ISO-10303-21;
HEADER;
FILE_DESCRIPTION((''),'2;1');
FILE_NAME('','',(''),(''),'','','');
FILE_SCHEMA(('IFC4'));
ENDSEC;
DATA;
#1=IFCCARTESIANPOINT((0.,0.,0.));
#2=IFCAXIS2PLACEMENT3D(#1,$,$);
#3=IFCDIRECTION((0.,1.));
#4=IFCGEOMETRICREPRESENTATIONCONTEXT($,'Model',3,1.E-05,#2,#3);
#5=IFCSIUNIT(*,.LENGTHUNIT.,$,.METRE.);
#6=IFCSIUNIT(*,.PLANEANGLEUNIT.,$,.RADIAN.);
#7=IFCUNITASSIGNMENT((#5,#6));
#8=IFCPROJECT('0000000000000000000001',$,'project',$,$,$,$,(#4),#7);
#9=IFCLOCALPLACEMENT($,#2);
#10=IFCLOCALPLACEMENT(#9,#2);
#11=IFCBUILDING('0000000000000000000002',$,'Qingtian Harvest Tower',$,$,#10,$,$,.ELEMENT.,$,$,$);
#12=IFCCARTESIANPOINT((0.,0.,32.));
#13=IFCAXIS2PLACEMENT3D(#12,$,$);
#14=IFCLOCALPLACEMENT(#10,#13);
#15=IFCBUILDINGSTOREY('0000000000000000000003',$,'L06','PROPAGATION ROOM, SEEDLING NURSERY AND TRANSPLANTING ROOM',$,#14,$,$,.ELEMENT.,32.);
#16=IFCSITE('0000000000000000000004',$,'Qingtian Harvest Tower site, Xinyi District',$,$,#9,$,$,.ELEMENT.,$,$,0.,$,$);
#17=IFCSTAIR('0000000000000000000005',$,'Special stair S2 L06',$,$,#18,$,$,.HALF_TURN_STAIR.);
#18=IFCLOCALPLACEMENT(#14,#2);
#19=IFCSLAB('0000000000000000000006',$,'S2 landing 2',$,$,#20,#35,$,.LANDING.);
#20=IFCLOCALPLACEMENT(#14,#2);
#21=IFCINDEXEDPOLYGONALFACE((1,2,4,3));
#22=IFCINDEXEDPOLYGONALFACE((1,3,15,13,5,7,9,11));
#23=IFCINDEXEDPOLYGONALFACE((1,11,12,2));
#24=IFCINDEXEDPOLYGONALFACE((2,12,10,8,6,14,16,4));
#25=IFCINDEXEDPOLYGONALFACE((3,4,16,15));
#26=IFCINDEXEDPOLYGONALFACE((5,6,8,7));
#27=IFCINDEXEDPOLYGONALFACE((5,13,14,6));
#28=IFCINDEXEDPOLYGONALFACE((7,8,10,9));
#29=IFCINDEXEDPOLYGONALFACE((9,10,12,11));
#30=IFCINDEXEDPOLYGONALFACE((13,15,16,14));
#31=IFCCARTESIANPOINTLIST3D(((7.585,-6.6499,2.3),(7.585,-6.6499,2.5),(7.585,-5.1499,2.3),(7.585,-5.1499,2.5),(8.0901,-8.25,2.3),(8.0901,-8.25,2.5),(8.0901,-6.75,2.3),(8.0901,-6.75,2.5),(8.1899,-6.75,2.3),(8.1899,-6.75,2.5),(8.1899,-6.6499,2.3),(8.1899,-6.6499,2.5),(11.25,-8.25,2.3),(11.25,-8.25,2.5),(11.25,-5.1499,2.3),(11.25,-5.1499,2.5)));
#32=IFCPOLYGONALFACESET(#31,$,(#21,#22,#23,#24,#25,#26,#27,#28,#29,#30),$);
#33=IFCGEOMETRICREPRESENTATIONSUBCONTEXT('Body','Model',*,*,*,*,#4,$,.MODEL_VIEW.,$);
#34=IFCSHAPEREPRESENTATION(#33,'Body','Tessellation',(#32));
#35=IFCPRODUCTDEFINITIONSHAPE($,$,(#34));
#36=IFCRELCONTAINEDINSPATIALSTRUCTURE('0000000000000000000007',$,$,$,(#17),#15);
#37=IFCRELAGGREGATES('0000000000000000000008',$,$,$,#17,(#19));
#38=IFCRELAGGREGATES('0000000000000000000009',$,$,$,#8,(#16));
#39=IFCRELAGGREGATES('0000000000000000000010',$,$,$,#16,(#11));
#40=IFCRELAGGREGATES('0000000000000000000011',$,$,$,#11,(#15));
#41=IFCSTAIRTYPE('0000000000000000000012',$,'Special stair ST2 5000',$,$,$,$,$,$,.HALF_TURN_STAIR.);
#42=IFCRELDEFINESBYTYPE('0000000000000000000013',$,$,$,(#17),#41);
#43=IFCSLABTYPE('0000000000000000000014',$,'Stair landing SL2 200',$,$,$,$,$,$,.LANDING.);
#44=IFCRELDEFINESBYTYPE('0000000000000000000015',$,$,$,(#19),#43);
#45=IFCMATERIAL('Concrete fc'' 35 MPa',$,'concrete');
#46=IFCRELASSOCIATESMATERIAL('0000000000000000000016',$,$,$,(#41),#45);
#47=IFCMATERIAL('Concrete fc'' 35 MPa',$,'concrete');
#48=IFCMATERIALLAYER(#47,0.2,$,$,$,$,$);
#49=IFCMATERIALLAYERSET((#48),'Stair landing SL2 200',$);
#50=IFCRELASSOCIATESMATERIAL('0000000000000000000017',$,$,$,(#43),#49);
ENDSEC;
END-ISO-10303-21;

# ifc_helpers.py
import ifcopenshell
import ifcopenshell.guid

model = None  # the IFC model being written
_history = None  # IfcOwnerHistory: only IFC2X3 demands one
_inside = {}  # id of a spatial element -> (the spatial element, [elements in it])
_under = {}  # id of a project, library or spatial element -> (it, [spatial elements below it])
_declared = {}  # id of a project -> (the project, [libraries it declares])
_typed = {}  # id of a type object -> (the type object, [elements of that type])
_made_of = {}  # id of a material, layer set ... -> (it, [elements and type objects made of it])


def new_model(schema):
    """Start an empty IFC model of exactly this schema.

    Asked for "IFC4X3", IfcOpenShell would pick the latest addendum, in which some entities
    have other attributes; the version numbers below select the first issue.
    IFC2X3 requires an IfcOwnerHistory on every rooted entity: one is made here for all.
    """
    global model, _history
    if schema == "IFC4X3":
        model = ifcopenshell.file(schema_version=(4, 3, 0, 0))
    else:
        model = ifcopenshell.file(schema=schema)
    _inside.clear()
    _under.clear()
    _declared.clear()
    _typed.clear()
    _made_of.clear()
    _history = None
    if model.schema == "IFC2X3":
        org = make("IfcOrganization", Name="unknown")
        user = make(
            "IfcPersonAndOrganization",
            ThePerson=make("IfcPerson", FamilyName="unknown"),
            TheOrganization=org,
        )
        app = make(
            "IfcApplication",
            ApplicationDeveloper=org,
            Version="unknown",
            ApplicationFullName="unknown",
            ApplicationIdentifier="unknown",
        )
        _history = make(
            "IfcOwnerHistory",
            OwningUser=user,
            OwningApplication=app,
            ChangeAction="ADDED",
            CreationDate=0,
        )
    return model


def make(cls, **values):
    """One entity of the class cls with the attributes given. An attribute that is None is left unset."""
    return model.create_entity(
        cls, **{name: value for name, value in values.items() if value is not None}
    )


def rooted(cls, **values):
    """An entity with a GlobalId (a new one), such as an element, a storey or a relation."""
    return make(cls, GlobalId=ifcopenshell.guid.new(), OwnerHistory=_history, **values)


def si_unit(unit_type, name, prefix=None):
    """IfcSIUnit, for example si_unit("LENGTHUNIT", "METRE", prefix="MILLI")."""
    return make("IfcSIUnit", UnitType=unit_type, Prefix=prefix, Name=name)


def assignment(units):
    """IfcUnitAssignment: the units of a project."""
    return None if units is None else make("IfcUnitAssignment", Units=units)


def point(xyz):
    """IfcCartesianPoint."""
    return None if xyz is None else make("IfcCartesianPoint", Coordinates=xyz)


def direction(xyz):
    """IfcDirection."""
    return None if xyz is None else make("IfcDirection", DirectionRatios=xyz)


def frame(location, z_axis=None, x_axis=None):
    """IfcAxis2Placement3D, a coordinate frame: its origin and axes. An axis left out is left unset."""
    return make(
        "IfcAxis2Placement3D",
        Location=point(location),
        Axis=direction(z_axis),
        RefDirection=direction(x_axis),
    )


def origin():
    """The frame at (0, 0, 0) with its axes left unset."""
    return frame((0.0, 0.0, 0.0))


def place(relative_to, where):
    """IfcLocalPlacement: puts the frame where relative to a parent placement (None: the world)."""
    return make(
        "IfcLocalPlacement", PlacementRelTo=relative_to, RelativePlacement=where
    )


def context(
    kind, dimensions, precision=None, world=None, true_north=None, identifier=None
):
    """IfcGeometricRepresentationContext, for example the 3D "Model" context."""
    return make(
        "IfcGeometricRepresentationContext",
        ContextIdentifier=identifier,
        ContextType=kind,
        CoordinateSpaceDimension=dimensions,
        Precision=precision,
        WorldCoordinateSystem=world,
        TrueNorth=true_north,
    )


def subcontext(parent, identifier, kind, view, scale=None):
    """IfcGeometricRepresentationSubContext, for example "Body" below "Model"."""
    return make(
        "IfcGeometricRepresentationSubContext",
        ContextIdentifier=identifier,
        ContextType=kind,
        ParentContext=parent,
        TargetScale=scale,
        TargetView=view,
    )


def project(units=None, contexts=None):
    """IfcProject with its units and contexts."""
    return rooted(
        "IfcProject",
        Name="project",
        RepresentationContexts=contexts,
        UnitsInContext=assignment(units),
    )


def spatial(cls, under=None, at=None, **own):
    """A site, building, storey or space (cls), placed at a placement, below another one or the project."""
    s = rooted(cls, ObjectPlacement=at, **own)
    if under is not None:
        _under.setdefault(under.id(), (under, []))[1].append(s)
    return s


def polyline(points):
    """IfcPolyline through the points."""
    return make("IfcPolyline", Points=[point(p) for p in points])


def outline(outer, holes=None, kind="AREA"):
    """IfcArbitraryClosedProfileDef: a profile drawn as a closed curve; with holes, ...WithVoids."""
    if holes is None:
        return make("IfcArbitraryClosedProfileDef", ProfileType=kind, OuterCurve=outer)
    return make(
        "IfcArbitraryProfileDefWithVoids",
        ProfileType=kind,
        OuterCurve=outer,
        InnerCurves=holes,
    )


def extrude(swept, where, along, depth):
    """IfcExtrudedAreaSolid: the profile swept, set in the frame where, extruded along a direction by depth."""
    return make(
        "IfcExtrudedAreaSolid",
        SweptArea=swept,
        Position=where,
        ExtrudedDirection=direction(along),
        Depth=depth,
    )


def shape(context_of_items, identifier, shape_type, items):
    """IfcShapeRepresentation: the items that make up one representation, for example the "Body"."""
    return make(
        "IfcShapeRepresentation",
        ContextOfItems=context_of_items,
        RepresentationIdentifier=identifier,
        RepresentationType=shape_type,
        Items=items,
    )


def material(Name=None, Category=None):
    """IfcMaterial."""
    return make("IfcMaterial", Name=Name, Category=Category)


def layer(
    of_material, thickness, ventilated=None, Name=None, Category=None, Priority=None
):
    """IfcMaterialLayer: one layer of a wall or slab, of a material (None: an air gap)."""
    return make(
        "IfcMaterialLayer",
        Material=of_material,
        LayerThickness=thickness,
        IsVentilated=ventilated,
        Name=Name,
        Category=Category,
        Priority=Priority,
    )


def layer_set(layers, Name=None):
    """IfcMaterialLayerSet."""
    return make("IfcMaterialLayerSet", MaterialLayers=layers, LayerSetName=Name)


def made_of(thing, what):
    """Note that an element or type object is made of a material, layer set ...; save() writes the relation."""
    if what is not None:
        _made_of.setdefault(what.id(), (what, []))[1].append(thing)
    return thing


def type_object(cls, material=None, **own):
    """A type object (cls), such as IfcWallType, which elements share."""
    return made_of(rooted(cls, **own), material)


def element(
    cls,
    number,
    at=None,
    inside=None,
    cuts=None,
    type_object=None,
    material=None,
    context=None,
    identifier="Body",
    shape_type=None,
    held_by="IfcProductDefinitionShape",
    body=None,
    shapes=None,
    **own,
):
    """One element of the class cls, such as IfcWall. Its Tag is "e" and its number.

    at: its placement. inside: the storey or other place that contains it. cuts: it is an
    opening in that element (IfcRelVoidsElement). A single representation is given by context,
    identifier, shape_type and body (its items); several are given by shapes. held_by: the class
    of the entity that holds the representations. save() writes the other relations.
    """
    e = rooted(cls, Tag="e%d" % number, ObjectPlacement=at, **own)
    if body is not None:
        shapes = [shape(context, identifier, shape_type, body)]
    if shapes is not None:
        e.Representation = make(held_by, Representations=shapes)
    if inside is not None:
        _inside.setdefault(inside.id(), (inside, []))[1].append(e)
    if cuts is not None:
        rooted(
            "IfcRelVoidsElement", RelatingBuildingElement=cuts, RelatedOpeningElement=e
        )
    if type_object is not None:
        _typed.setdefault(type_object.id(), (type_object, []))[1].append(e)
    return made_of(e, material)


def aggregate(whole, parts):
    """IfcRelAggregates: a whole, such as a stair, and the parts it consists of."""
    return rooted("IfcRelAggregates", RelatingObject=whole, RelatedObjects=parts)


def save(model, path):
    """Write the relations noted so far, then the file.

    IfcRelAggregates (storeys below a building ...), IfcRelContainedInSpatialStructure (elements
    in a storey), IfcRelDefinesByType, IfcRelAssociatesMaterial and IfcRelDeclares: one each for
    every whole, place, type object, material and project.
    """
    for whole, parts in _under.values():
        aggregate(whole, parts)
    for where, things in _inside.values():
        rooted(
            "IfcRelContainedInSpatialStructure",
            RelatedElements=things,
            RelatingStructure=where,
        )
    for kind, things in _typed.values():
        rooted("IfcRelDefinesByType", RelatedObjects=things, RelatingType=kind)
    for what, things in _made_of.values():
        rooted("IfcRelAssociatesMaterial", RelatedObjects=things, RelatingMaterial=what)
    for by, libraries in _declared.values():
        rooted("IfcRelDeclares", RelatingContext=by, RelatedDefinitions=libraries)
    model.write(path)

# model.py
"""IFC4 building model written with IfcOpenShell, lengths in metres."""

from ifc_helpers import new_model, si_unit, direction, frame, origin, place, context, subcontext, project, spatial, polyline, outline, extrude, material, layer, layer_set, type_object, element, aggregate, save


model = new_model("IFC4")

# Units and contexts
model_context = context("Model", 3, precision=1e-05, world=origin(), true_north=direction((0.0, 1.0)))
body_context = subcontext(model_context, "Body", "Model", "MODEL_VIEW")
ifc_project = project(units=[si_unit("LENGTHUNIT", "METRE"), si_unit("PLANEANGLEUNIT", "RADIAN")], contexts=[model_context])

# Site, building, storey
site_placement = place(None, origin())
site = spatial("IfcSite", under=ifc_project, at=site_placement, Name="Qingtian Harvest Tower site, Xinyi District", CompositionType="ELEMENT", RefElevation=0.0)
building_placement = place(site_placement, origin())
building = spatial("IfcBuilding", under=site, at=building_placement, Name="Qingtian Harvest Tower", CompositionType="ELEMENT")
storey_placement = place(building_placement, frame((0.0, 0.0, 32.0)))
storey = spatial("IfcBuildingStorey", under=building, at=storey_placement, Name="L06", Description="PROPAGATION ROOM, SEEDLING NURSERY AND TRANSPLANTING ROOM", CompositionType="ELEMENT", Elevation=32.0)

# Stair, slab
ifc_material_1 = material(Name="Concrete fc' 35 MPa", Category="concrete")
stair_type = type_object("IfcStairType", Name="Special stair ST2 5000", PredefinedType="HALF_TURN_STAIR", material=ifc_material_1)
stair_placement = place(storey_placement, origin())
stair = element("IfcStair", 1, at=stair_placement, inside=storey, type_object=stair_type, Name="Special stair S2 L06", PredefinedType="HALF_TURN_STAIR")
ifc_material_2 = material(Name="Concrete fc' 35 MPa", Category="concrete")
ifc_layer_1 = layer(ifc_material_2, 0.2)
ifc_layer_set_1 = layer_set([ifc_layer_1], Name="Stair landing SL2 200")
slab_type_1 = type_object("IfcSlabType", Name="Stair landing SL2 200", PredefinedType="LANDING", material=ifc_layer_set_1)
slab_1_placement = place(storey_placement, frame((0.0, 0.0, 2.3)))
slab_1 = element("IfcSlab", 2, at=slab_1_placement, type_object=slab_type_1, Name="S2 landing 2", PredefinedType="LANDING", context=body_context, shape_type="SweptSolid", body=[
    extrude(outline(polyline([(8.0901, -8.25), (8.0901, -6.75), (8.1899, -6.75), (8.1899, -6.6499), (7.585, -6.6499), (7.585, -5.1499), (11.25, -5.1499), (11.25, -8.25), (8.0901, -8.25)])), origin(), (0.0, 0.0, 1.0), 0.2),
])
aggregate(stair, [slab_1])

save(model, "model.ifc")
